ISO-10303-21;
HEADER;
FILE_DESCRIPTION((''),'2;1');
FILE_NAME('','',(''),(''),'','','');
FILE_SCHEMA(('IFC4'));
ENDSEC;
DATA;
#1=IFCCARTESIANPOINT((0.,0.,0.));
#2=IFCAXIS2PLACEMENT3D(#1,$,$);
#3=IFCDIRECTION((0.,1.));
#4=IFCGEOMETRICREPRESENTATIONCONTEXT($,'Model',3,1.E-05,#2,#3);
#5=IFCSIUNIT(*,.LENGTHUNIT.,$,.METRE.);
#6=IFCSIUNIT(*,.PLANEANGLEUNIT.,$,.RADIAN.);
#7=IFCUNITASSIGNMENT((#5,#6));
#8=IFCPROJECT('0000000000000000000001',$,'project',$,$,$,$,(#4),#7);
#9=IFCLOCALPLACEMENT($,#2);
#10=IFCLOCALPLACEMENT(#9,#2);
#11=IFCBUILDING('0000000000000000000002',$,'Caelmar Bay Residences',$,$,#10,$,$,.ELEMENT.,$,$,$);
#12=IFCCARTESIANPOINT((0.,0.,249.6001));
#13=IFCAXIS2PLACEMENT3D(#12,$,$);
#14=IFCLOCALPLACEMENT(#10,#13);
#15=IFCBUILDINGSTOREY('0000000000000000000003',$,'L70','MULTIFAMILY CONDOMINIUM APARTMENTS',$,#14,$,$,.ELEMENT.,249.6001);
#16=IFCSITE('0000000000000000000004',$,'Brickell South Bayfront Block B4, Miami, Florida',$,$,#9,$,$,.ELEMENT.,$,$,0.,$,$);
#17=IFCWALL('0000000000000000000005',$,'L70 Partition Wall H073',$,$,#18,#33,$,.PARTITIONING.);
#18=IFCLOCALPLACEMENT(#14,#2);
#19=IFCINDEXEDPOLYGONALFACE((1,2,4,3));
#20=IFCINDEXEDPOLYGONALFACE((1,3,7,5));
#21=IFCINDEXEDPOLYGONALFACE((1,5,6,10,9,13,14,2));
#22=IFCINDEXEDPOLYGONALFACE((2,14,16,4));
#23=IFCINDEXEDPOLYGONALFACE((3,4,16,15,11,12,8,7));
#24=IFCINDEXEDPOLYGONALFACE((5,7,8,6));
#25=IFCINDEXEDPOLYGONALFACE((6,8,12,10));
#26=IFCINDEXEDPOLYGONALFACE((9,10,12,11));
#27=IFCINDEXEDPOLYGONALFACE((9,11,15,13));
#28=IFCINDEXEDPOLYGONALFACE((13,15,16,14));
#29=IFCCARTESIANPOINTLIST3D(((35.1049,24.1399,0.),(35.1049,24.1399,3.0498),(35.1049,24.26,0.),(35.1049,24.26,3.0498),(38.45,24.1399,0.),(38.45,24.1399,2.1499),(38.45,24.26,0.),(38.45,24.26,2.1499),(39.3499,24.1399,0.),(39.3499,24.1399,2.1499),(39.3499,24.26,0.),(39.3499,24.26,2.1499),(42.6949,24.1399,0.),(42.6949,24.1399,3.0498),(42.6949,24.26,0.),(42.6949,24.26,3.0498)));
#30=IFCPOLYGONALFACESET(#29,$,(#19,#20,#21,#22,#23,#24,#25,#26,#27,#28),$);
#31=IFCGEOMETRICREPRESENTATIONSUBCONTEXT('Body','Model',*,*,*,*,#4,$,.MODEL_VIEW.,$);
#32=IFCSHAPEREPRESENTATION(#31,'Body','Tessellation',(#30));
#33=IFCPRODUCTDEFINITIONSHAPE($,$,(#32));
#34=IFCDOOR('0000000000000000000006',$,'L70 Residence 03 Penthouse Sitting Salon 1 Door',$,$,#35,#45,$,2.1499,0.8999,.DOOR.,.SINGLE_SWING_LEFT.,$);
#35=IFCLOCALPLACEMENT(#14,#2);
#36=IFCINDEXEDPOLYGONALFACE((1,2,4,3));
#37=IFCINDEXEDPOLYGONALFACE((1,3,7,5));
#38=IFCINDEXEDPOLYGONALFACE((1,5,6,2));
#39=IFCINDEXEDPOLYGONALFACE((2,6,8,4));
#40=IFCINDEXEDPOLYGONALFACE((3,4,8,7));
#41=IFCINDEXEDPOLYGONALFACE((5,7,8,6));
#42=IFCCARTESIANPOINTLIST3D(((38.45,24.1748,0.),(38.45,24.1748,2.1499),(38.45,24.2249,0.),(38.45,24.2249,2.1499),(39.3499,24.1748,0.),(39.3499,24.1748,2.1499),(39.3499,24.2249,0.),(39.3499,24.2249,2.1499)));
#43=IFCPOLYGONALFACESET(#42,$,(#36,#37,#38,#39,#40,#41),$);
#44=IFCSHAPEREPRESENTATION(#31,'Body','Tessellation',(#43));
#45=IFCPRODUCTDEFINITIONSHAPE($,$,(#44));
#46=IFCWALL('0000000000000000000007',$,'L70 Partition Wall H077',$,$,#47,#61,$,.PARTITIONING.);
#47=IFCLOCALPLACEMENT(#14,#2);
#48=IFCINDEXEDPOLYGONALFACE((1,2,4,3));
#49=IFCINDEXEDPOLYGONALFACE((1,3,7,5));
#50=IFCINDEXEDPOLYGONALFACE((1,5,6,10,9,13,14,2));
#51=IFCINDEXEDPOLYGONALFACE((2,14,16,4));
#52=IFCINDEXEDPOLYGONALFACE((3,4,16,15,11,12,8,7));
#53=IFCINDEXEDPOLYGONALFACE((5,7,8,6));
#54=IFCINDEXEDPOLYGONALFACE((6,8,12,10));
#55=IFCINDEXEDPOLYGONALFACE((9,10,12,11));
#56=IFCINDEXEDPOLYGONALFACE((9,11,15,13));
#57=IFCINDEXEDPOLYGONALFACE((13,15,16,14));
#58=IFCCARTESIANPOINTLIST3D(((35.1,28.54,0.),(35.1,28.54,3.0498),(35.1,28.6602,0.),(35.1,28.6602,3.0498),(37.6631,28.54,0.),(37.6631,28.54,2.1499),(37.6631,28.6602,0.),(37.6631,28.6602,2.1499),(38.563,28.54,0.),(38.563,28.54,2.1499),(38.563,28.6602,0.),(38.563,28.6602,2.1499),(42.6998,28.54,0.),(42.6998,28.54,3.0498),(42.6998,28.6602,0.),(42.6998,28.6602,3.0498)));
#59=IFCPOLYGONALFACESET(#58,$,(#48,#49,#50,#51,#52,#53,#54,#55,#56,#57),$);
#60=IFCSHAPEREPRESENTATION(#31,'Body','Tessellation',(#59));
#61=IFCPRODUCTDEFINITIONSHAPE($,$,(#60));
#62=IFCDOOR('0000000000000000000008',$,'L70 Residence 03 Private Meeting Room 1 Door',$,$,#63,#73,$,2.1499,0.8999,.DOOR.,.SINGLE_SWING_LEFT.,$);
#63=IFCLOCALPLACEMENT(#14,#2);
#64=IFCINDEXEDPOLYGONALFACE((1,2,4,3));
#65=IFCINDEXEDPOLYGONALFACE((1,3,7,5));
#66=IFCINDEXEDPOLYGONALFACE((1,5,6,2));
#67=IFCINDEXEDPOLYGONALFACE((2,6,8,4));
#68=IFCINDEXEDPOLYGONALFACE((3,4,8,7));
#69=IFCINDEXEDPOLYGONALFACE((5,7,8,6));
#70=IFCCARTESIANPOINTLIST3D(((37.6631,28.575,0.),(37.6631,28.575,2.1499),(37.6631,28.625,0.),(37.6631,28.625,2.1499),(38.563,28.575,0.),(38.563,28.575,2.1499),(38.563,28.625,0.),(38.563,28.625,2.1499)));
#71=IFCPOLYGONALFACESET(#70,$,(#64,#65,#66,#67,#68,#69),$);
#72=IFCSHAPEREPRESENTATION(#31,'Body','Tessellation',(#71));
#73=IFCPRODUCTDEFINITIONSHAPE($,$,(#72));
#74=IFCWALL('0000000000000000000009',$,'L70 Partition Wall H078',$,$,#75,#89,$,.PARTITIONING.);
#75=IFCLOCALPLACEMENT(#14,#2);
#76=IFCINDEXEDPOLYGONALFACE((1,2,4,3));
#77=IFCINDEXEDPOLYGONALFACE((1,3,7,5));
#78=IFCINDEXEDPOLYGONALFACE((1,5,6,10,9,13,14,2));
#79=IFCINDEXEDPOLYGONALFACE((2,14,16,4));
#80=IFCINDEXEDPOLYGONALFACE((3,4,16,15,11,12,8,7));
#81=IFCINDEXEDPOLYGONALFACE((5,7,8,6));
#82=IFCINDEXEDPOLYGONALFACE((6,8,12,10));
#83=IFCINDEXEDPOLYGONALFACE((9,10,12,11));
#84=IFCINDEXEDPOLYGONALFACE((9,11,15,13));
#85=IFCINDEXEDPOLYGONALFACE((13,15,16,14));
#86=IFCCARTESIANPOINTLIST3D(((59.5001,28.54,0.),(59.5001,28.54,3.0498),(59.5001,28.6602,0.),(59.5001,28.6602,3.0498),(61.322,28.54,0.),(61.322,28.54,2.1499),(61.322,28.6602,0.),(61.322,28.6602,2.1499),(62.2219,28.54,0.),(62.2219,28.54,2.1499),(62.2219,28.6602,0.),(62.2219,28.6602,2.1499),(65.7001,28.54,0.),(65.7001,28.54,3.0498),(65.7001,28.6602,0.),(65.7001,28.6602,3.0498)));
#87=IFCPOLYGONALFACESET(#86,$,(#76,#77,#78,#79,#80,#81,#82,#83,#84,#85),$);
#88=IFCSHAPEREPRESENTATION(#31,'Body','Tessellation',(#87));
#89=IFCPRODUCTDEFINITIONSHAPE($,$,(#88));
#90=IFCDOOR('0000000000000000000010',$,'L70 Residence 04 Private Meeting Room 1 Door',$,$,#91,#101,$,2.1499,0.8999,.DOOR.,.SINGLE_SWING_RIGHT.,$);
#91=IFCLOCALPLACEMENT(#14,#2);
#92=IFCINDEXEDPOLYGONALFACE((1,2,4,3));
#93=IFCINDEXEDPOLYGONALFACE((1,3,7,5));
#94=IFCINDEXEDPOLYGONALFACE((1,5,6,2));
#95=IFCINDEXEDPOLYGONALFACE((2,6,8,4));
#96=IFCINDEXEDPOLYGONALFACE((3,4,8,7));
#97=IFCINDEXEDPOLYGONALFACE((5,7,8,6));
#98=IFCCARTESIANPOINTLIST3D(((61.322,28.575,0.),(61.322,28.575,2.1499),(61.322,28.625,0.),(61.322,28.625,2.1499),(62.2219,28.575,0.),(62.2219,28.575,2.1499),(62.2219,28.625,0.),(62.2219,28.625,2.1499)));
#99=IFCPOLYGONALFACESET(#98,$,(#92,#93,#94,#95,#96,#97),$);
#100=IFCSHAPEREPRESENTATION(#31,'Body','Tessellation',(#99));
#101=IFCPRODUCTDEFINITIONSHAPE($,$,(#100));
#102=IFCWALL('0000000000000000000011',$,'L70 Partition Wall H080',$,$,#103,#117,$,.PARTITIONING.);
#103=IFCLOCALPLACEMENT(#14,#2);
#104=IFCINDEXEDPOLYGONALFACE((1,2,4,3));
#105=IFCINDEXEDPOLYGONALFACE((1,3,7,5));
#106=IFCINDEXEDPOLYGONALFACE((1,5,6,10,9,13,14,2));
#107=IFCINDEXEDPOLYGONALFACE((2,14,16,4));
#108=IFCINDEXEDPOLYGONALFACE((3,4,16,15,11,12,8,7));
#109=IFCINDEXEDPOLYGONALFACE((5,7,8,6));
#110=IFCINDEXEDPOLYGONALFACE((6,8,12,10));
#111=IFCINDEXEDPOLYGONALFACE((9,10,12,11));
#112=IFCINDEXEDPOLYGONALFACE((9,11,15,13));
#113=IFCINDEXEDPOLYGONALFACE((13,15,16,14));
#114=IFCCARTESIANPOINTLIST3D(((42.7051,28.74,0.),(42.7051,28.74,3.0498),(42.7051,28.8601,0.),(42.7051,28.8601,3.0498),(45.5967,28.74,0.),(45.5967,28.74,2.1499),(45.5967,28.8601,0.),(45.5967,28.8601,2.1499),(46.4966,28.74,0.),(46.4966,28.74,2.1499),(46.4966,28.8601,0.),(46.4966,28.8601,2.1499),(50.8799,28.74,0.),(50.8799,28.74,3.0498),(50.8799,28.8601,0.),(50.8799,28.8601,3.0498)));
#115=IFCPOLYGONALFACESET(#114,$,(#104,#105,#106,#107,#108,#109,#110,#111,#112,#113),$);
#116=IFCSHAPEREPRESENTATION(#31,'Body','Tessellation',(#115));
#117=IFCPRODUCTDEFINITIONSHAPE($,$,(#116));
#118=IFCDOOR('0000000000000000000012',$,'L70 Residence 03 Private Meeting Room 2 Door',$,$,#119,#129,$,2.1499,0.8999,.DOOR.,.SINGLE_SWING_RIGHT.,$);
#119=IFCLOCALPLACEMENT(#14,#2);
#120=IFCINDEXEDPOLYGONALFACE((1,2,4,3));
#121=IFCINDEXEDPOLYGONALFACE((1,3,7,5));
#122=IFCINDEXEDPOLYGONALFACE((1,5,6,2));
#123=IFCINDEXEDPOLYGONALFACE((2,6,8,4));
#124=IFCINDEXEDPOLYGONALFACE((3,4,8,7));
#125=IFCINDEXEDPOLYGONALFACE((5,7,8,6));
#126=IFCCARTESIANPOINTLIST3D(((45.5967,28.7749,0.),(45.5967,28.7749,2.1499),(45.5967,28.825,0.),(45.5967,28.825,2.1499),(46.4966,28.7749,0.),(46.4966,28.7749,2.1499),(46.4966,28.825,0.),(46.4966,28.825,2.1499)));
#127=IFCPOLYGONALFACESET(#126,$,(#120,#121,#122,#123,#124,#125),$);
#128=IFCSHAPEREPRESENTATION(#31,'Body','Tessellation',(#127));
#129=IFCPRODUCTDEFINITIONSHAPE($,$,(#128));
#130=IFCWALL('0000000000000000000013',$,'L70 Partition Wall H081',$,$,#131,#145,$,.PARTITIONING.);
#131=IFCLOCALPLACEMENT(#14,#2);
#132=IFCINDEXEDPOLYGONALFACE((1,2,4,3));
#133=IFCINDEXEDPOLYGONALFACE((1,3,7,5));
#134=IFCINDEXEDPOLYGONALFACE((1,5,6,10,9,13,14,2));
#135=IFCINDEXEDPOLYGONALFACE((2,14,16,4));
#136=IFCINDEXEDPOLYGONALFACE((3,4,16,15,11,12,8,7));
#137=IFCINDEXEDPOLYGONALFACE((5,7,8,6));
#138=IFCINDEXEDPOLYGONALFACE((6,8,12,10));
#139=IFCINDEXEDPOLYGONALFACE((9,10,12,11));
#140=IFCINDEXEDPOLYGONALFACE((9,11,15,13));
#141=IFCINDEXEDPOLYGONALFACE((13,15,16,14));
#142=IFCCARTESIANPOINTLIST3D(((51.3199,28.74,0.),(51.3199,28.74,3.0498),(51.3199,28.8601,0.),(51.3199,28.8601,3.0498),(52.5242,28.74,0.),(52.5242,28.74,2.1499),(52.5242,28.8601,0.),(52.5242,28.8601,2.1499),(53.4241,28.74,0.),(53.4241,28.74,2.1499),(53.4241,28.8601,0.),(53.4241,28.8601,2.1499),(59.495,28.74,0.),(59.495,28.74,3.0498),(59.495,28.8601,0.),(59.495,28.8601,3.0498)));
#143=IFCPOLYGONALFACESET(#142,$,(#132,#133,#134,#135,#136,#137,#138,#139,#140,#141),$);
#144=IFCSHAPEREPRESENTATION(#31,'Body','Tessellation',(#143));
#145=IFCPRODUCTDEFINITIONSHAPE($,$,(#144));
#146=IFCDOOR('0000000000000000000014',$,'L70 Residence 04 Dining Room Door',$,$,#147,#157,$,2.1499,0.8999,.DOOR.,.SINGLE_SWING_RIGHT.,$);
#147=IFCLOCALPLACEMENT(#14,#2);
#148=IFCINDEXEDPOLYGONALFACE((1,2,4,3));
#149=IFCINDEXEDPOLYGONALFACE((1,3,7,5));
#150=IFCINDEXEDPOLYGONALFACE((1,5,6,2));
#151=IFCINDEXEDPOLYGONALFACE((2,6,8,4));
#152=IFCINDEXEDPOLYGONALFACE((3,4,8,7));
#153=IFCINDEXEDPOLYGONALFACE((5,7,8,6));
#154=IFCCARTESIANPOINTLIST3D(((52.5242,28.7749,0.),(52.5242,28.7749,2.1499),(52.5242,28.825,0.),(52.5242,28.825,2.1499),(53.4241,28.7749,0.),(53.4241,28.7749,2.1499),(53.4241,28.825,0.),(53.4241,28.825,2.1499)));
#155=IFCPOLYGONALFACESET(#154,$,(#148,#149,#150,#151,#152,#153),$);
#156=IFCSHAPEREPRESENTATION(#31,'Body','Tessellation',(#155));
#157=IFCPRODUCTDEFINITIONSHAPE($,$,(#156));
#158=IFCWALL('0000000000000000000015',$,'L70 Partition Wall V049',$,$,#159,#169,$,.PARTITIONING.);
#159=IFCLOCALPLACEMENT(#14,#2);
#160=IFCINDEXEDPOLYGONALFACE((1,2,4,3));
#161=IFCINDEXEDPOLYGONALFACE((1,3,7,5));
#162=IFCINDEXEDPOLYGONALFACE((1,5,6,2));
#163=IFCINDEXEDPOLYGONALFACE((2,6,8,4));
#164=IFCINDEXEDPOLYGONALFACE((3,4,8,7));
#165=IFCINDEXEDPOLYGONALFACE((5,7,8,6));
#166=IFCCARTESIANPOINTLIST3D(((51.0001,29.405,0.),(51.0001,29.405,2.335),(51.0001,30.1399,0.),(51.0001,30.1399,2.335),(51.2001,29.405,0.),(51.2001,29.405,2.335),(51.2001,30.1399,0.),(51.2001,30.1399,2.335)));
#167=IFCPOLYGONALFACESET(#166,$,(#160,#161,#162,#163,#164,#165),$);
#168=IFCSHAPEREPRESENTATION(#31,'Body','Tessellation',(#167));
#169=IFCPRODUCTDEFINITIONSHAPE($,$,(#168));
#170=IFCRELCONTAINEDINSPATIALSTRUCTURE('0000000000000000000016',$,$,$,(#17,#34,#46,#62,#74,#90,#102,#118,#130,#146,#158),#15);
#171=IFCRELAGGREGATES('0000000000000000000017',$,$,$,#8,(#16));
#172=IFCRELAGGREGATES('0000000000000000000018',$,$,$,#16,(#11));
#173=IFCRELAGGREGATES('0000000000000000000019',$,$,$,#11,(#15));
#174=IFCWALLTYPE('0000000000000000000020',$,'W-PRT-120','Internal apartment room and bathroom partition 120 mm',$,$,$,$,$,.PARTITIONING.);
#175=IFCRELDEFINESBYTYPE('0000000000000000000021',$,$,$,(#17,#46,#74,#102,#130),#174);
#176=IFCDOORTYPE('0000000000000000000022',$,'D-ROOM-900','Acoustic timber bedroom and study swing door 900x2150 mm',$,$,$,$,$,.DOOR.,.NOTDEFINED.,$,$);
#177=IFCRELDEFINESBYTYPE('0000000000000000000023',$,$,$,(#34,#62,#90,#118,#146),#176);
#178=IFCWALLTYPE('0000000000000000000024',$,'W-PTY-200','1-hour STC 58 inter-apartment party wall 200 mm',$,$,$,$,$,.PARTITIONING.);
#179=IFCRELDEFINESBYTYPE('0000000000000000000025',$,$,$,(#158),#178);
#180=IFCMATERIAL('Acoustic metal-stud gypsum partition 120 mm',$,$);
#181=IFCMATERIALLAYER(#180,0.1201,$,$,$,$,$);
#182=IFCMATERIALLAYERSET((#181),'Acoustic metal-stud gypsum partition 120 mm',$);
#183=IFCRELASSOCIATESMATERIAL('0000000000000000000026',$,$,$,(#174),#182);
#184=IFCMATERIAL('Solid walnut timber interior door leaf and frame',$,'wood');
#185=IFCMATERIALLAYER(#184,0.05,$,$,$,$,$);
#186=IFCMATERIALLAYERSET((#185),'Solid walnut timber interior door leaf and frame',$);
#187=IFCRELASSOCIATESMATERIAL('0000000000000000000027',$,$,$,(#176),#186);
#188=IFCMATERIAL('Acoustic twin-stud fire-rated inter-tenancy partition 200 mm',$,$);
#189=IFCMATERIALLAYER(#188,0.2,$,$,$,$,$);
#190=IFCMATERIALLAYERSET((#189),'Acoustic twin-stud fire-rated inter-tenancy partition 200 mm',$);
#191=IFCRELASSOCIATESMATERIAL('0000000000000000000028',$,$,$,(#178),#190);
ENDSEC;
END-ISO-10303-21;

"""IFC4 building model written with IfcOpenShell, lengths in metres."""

from ifc_helpers import new_model, si_unit, direction, frame, frame_2d, origin, place, context, subcontext, project, spatial, rectangle, extrude, material, layer, layer_set, type_object, element, fill, save


model = new_model("IFC4")

# Units and contexts
model_context = context("Model", 3, precision=1e-05, world=origin(), true_north=direction((0.0, 1.0)))
body_context = subcontext(model_context, "Body", "Model", "MODEL_VIEW")
ifc_project = project(units=[si_unit("LENGTHUNIT", "METRE"), si_unit("PLANEANGLEUNIT", "RADIAN")], contexts=[model_context])

# Site, building, storey
site_placement = place(None, origin())
site = spatial("IfcSite", under=ifc_project, at=site_placement, Name="Brickell South Bayfront Block B4, Miami, Florida", CompositionType="ELEMENT", RefElevation=0.0)
building_placement = place(site_placement, origin())
building = spatial("IfcBuilding", under=site, at=building_placement, Name="Caelmar Bay Residences", CompositionType="ELEMENT")
storey_placement = place(building_placement, frame((0.0, 0.0, 249.6001)))
storey = spatial("IfcBuildingStorey", under=building, at=storey_placement, Name="L70", Description="MULTIFAMILY CONDOMINIUM APARTMENTS", CompositionType="ELEMENT", Elevation=249.6001)

# Shared definitions
ifc_material_1 = material(Name="Acoustic metal-stud gypsum partition 120 mm")
ifc_layer_1 = layer(ifc_material_1, 0.1201)
ifc_layer_set_1 = layer_set([ifc_layer_1], Name="Acoustic metal-stud gypsum partition 120 mm")
wall_type_1 = type_object("IfcWallType", Name="W-PRT-120", Description="Internal apartment room and bathroom partition 120 mm", PredefinedType="PARTITIONING", material=ifc_layer_set_1)

# Shared definitions
ifc_material_2 = material(Name="Solid walnut timber interior door leaf and frame", Category="wood")
ifc_layer_2 = layer(ifc_material_2, 0.05)
ifc_layer_set_2 = layer_set([ifc_layer_2], Name="Solid walnut timber interior door leaf and frame")
door_type = type_object("IfcDoorType", Name="D-ROOM-900", Description="Acoustic timber bedroom and study swing door 900x2150 mm", OperationType="NOTDEFINED", PredefinedType="DOOR", material=ifc_layer_set_2)

# Walls, openings, doors
wall_1_placement = place(storey_placement, frame((35.105, 24.2, 0.0), z_axis=(0.0, 0.0, 1.0), x_axis=(1.0, 0.0, 0.0)))
wall_1 = element("IfcWall", 1, at=wall_1_placement, inside=storey, type_object=wall_type_1, Name="L70 Partition Wall H073", PredefinedType="PARTITIONING", context=body_context, shape_type="SweptSolid", body=[
    extrude(rectangle(XDim=7.5901, YDim=0.1201, at=frame_2d((3.7949, 0.0))), origin(), (0.0, 0.0, 1.0), 3.0498),
])
opening_1_placement = place(wall_1_placement, frame((3.345, 0.0, 0.0)))
opening_1 = element("IfcOpeningElement", 2, at=opening_1_placement, cuts=wall_1, PredefinedType="OPENING", context=body_context, shape_type="SweptSolid", body=[
    extrude(rectangle(XDim=0.8999, YDim=2.1499, at=frame_2d((0.45, 1.075))), frame((0.0, 0.0701, 0.0), z_axis=(0.0, -1.0, 0.0), x_axis=(1.0, 0.0, 0.0)), (0.0, 0.0, 1.0), 0.1401),
])
door_1_placement = place(opening_1_placement, origin())
door_1 = element("IfcDoor", 3, at=door_1_placement, inside=storey, type_object=door_type, Name="L70 Residence 03 Penthouse Sitting Salon 1 Door", OperationType="SINGLE_SWING_LEFT", OverallHeight=2.1499, OverallWidth=0.8999, PredefinedType="DOOR", context=body_context, shape_type="SweptSolid", body=[
    extrude(rectangle(XDim=0.8999, YDim=2.1499, at=frame_2d((0.45, 1.075))), frame((0.0, 0.0249, 0.0), z_axis=(0.0, -1.0, 0.0), x_axis=(1.0, 0.0, 0.0)), (0.0, 0.0, 1.0), 0.05),
])
fill(opening_1, door_1)
wall_2_placement = place(storey_placement, frame((35.1001, 28.6001, 0.0), z_axis=(0.0, 0.0, 1.0), x_axis=(1.0, 0.0, 0.0)))
wall_2 = element("IfcWall", 4, at=wall_2_placement, inside=storey, type_object=wall_type_1, Name="L70 Partition Wall H077", PredefinedType="PARTITIONING", context=body_context, shape_type="SweptSolid", body=[
    extrude(rectangle(XDim=7.5999, YDim=0.1201, at=frame_2d((3.7998, 0.0))), origin(), (0.0, 0.0, 1.0), 3.0498),
])
opening_2_placement = place(wall_2_placement, frame((2.563, 0.0, 0.0)))
opening_2 = element("IfcOpeningElement", 5, at=opening_2_placement, cuts=wall_2, PredefinedType="OPENING", context=body_context, shape_type="SweptSolid", body=[
    extrude(rectangle(XDim=0.8999, YDim=2.1499, at=frame_2d((0.45, 1.075))), frame((0.0, 0.0701, 0.0), z_axis=(0.0, -1.0, 0.0), x_axis=(1.0, 0.0, 0.0)), (0.0, 0.0, 1.0), 0.1401),
])
door_2_placement = place(opening_2_placement, origin())
door_2 = element("IfcDoor", 6, at=door_2_placement, inside=storey, type_object=door_type, Name="L70 Residence 03 Private Meeting Room 1 Door", OperationType="SINGLE_SWING_LEFT", OverallHeight=2.1499, OverallWidth=0.8999, PredefinedType="DOOR", context=body_context, shape_type="SweptSolid", body=[
    extrude(rectangle(XDim=0.8999, YDim=2.1499, at=frame_2d((0.45, 1.075))), frame((0.0, 0.0249, 0.0), z_axis=(0.0, -1.0, 0.0), x_axis=(1.0, 0.0, 0.0)), (0.0, 0.0, 1.0), 0.05),
])
fill(opening_2, door_2)
wall_3_placement = place(storey_placement, frame((59.5, 28.6001, 0.0), z_axis=(0.0, 0.0, 1.0), x_axis=(1.0, 0.0, 0.0)))
wall_3 = element("IfcWall", 7, at=wall_3_placement, inside=storey, type_object=wall_type_1, Name="L70 Partition Wall H078", PredefinedType="PARTITIONING", context=body_context, shape_type="SweptSolid", body=[
    extrude(rectangle(XDim=6.2, YDim=0.1201, at=frame_2d((3.1001, 0.0))), origin(), (0.0, 0.0, 1.0), 3.0498),
])
opening_3_placement = place(wall_3_placement, frame((1.822, 0.0, 0.0)))
opening_3 = element("IfcOpeningElement", 8, at=opening_3_placement, cuts=wall_3, PredefinedType="OPENING", context=body_context, shape_type="SweptSolid", body=[
    extrude(rectangle(XDim=0.8999, YDim=2.1499, at=frame_2d((0.45, 1.075))), frame((0.0, 0.0701, 0.0), z_axis=(0.0, -1.0, 0.0), x_axis=(1.0, 0.0, 0.0)), (0.0, 0.0, 1.0), 0.1401),
])
door_3_placement = place(opening_3_placement, origin())
door_3 = element("IfcDoor", 9, at=door_3_placement, inside=storey, type_object=door_type, Name="L70 Residence 04 Private Meeting Room 1 Door", OperationType="SINGLE_SWING_RIGHT", OverallHeight=2.1499, OverallWidth=0.8999, PredefinedType="DOOR", context=body_context, shape_type="SweptSolid", body=[
    extrude(rectangle(XDim=0.8999, YDim=2.1499, at=frame_2d((0.45, 1.075))), frame((0.0, 0.0249, 0.0), z_axis=(0.0, -1.0, 0.0), x_axis=(1.0, 0.0, 0.0)), (0.0, 0.0, 1.0), 0.05),
])
fill(opening_3, door_3)
wall_4_placement = place(storey_placement, frame((42.7051, 28.8, 0.0), z_axis=(0.0, 0.0, 1.0), x_axis=(1.0, 0.0, 0.0)))
wall_4 = element("IfcWall", 10, at=wall_4_placement, inside=storey, type_object=wall_type_1, Name="L70 Partition Wall H080", PredefinedType="PARTITIONING", context=body_context, shape_type="SweptSolid", body=[
    extrude(rectangle(XDim=8.1748, YDim=0.1201, at=frame_2d((4.0874, 0.0))), origin(), (0.0, 0.0, 1.0), 3.0498),
])
opening_4_placement = place(wall_4_placement, frame((2.8916, 0.0, 0.0)))
opening_4 = element("IfcOpeningElement", 11, at=opening_4_placement, cuts=wall_4, PredefinedType="OPENING", context=body_context, shape_type="SweptSolid", body=[
    extrude(rectangle(XDim=0.8999, YDim=2.1499, at=frame_2d((0.45, 1.075))), frame((0.0, 0.0701, 0.0), z_axis=(0.0, -1.0, 0.0), x_axis=(1.0, 0.0, 0.0)), (0.0, 0.0, 1.0), 0.1401),
])
door_4_placement = place(opening_4_placement, origin())
door_4 = element("IfcDoor", 12, at=door_4_placement, inside=storey, type_object=door_type, Name="L70 Residence 03 Private Meeting Room 2 Door", OperationType="SINGLE_SWING_RIGHT", OverallHeight=2.1499, OverallWidth=0.8999, PredefinedType="DOOR", context=body_context, shape_type="SweptSolid", body=[
    extrude(rectangle(XDim=0.8999, YDim=2.1499, at=frame_2d((0.45, 1.075))), frame((0.0, 0.0249, 0.0), z_axis=(0.0, -1.0, 0.0), x_axis=(1.0, 0.0, 0.0)), (0.0, 0.0, 1.0), 0.05),
])
fill(opening_4, door_4)
wall_5_placement = place(storey_placement, frame((51.3201, 28.8, 0.0), z_axis=(0.0, 0.0, 1.0), x_axis=(1.0, 0.0, 0.0)))
wall_5 = element("IfcWall", 13, at=wall_5_placement, inside=storey, type_object=wall_type_1, Name="L70 Partition Wall H081", PredefinedType="PARTITIONING", context=body_context, shape_type="SweptSolid", body=[
    extrude(rectangle(XDim=8.175, YDim=0.1201, at=frame_2d((4.0874, 0.0))), origin(), (0.0, 0.0, 1.0), 3.0498),
])
opening_5_placement = place(wall_5_placement, frame((1.2041, 0.0, 0.0)))
opening_5 = element("IfcOpeningElement", 14, at=opening_5_placement, cuts=wall_5, PredefinedType="OPENING", context=body_context, shape_type="SweptSolid", body=[
    extrude(rectangle(XDim=0.8999, YDim=2.1499, at=frame_2d((0.45, 1.075))), frame((0.0, 0.0701, 0.0), z_axis=(0.0, -1.0, 0.0), x_axis=(1.0, 0.0, 0.0)), (0.0, 0.0, 1.0), 0.1401),
])
door_5_placement = place(opening_5_placement, origin())
door_5 = element("IfcDoor", 15, at=door_5_placement, inside=storey, type_object=door_type, Name="L70 Residence 04 Dining Room Door", OperationType="SINGLE_SWING_RIGHT", OverallHeight=2.1499, OverallWidth=0.8999, PredefinedType="DOOR", context=body_context, shape_type="SweptSolid", body=[
    extrude(rectangle(XDim=0.8999, YDim=2.1499, at=frame_2d((0.45, 1.075))), frame((0.0, 0.0249, 0.0), z_axis=(0.0, -1.0, 0.0), x_axis=(1.0, 0.0, 0.0)), (0.0, 0.0, 1.0), 0.05),
])
fill(opening_5, door_5)

# Wall
ifc_material_3 = material(Name="Acoustic twin-stud fire-rated inter-tenancy partition 200 mm")
ifc_layer_3 = layer(ifc_material_3, 0.2)
ifc_layer_set_3 = layer_set([ifc_layer_3], Name="Acoustic twin-stud fire-rated inter-tenancy partition 200 mm")
wall_type_2 = type_object("IfcWallType", Name="W-PTY-200", Description="1-hour STC 58 inter-apartment party wall 200 mm", PredefinedType="PARTITIONING", material=ifc_layer_set_3)
wall_6_placement = place(storey_placement, frame((51.1001, 29.405, 0.0), z_axis=(0.0, 0.0, 1.0), x_axis=(0.0, 1.0, 0.0)))
element("IfcWall", 16, at=wall_6_placement, inside=storey, type_object=wall_type_2, Name="L70 Partition Wall V049", PredefinedType="PARTITIONING", context=body_context, shape_type="SweptSolid", body=[
    extrude(rectangle(XDim=0.7349, YDim=0.2, at=frame_2d((0.3674, 0.0))), origin(), (0.0, 0.0, 1.0), 2.335),
])

save(model, "model.ifc")
